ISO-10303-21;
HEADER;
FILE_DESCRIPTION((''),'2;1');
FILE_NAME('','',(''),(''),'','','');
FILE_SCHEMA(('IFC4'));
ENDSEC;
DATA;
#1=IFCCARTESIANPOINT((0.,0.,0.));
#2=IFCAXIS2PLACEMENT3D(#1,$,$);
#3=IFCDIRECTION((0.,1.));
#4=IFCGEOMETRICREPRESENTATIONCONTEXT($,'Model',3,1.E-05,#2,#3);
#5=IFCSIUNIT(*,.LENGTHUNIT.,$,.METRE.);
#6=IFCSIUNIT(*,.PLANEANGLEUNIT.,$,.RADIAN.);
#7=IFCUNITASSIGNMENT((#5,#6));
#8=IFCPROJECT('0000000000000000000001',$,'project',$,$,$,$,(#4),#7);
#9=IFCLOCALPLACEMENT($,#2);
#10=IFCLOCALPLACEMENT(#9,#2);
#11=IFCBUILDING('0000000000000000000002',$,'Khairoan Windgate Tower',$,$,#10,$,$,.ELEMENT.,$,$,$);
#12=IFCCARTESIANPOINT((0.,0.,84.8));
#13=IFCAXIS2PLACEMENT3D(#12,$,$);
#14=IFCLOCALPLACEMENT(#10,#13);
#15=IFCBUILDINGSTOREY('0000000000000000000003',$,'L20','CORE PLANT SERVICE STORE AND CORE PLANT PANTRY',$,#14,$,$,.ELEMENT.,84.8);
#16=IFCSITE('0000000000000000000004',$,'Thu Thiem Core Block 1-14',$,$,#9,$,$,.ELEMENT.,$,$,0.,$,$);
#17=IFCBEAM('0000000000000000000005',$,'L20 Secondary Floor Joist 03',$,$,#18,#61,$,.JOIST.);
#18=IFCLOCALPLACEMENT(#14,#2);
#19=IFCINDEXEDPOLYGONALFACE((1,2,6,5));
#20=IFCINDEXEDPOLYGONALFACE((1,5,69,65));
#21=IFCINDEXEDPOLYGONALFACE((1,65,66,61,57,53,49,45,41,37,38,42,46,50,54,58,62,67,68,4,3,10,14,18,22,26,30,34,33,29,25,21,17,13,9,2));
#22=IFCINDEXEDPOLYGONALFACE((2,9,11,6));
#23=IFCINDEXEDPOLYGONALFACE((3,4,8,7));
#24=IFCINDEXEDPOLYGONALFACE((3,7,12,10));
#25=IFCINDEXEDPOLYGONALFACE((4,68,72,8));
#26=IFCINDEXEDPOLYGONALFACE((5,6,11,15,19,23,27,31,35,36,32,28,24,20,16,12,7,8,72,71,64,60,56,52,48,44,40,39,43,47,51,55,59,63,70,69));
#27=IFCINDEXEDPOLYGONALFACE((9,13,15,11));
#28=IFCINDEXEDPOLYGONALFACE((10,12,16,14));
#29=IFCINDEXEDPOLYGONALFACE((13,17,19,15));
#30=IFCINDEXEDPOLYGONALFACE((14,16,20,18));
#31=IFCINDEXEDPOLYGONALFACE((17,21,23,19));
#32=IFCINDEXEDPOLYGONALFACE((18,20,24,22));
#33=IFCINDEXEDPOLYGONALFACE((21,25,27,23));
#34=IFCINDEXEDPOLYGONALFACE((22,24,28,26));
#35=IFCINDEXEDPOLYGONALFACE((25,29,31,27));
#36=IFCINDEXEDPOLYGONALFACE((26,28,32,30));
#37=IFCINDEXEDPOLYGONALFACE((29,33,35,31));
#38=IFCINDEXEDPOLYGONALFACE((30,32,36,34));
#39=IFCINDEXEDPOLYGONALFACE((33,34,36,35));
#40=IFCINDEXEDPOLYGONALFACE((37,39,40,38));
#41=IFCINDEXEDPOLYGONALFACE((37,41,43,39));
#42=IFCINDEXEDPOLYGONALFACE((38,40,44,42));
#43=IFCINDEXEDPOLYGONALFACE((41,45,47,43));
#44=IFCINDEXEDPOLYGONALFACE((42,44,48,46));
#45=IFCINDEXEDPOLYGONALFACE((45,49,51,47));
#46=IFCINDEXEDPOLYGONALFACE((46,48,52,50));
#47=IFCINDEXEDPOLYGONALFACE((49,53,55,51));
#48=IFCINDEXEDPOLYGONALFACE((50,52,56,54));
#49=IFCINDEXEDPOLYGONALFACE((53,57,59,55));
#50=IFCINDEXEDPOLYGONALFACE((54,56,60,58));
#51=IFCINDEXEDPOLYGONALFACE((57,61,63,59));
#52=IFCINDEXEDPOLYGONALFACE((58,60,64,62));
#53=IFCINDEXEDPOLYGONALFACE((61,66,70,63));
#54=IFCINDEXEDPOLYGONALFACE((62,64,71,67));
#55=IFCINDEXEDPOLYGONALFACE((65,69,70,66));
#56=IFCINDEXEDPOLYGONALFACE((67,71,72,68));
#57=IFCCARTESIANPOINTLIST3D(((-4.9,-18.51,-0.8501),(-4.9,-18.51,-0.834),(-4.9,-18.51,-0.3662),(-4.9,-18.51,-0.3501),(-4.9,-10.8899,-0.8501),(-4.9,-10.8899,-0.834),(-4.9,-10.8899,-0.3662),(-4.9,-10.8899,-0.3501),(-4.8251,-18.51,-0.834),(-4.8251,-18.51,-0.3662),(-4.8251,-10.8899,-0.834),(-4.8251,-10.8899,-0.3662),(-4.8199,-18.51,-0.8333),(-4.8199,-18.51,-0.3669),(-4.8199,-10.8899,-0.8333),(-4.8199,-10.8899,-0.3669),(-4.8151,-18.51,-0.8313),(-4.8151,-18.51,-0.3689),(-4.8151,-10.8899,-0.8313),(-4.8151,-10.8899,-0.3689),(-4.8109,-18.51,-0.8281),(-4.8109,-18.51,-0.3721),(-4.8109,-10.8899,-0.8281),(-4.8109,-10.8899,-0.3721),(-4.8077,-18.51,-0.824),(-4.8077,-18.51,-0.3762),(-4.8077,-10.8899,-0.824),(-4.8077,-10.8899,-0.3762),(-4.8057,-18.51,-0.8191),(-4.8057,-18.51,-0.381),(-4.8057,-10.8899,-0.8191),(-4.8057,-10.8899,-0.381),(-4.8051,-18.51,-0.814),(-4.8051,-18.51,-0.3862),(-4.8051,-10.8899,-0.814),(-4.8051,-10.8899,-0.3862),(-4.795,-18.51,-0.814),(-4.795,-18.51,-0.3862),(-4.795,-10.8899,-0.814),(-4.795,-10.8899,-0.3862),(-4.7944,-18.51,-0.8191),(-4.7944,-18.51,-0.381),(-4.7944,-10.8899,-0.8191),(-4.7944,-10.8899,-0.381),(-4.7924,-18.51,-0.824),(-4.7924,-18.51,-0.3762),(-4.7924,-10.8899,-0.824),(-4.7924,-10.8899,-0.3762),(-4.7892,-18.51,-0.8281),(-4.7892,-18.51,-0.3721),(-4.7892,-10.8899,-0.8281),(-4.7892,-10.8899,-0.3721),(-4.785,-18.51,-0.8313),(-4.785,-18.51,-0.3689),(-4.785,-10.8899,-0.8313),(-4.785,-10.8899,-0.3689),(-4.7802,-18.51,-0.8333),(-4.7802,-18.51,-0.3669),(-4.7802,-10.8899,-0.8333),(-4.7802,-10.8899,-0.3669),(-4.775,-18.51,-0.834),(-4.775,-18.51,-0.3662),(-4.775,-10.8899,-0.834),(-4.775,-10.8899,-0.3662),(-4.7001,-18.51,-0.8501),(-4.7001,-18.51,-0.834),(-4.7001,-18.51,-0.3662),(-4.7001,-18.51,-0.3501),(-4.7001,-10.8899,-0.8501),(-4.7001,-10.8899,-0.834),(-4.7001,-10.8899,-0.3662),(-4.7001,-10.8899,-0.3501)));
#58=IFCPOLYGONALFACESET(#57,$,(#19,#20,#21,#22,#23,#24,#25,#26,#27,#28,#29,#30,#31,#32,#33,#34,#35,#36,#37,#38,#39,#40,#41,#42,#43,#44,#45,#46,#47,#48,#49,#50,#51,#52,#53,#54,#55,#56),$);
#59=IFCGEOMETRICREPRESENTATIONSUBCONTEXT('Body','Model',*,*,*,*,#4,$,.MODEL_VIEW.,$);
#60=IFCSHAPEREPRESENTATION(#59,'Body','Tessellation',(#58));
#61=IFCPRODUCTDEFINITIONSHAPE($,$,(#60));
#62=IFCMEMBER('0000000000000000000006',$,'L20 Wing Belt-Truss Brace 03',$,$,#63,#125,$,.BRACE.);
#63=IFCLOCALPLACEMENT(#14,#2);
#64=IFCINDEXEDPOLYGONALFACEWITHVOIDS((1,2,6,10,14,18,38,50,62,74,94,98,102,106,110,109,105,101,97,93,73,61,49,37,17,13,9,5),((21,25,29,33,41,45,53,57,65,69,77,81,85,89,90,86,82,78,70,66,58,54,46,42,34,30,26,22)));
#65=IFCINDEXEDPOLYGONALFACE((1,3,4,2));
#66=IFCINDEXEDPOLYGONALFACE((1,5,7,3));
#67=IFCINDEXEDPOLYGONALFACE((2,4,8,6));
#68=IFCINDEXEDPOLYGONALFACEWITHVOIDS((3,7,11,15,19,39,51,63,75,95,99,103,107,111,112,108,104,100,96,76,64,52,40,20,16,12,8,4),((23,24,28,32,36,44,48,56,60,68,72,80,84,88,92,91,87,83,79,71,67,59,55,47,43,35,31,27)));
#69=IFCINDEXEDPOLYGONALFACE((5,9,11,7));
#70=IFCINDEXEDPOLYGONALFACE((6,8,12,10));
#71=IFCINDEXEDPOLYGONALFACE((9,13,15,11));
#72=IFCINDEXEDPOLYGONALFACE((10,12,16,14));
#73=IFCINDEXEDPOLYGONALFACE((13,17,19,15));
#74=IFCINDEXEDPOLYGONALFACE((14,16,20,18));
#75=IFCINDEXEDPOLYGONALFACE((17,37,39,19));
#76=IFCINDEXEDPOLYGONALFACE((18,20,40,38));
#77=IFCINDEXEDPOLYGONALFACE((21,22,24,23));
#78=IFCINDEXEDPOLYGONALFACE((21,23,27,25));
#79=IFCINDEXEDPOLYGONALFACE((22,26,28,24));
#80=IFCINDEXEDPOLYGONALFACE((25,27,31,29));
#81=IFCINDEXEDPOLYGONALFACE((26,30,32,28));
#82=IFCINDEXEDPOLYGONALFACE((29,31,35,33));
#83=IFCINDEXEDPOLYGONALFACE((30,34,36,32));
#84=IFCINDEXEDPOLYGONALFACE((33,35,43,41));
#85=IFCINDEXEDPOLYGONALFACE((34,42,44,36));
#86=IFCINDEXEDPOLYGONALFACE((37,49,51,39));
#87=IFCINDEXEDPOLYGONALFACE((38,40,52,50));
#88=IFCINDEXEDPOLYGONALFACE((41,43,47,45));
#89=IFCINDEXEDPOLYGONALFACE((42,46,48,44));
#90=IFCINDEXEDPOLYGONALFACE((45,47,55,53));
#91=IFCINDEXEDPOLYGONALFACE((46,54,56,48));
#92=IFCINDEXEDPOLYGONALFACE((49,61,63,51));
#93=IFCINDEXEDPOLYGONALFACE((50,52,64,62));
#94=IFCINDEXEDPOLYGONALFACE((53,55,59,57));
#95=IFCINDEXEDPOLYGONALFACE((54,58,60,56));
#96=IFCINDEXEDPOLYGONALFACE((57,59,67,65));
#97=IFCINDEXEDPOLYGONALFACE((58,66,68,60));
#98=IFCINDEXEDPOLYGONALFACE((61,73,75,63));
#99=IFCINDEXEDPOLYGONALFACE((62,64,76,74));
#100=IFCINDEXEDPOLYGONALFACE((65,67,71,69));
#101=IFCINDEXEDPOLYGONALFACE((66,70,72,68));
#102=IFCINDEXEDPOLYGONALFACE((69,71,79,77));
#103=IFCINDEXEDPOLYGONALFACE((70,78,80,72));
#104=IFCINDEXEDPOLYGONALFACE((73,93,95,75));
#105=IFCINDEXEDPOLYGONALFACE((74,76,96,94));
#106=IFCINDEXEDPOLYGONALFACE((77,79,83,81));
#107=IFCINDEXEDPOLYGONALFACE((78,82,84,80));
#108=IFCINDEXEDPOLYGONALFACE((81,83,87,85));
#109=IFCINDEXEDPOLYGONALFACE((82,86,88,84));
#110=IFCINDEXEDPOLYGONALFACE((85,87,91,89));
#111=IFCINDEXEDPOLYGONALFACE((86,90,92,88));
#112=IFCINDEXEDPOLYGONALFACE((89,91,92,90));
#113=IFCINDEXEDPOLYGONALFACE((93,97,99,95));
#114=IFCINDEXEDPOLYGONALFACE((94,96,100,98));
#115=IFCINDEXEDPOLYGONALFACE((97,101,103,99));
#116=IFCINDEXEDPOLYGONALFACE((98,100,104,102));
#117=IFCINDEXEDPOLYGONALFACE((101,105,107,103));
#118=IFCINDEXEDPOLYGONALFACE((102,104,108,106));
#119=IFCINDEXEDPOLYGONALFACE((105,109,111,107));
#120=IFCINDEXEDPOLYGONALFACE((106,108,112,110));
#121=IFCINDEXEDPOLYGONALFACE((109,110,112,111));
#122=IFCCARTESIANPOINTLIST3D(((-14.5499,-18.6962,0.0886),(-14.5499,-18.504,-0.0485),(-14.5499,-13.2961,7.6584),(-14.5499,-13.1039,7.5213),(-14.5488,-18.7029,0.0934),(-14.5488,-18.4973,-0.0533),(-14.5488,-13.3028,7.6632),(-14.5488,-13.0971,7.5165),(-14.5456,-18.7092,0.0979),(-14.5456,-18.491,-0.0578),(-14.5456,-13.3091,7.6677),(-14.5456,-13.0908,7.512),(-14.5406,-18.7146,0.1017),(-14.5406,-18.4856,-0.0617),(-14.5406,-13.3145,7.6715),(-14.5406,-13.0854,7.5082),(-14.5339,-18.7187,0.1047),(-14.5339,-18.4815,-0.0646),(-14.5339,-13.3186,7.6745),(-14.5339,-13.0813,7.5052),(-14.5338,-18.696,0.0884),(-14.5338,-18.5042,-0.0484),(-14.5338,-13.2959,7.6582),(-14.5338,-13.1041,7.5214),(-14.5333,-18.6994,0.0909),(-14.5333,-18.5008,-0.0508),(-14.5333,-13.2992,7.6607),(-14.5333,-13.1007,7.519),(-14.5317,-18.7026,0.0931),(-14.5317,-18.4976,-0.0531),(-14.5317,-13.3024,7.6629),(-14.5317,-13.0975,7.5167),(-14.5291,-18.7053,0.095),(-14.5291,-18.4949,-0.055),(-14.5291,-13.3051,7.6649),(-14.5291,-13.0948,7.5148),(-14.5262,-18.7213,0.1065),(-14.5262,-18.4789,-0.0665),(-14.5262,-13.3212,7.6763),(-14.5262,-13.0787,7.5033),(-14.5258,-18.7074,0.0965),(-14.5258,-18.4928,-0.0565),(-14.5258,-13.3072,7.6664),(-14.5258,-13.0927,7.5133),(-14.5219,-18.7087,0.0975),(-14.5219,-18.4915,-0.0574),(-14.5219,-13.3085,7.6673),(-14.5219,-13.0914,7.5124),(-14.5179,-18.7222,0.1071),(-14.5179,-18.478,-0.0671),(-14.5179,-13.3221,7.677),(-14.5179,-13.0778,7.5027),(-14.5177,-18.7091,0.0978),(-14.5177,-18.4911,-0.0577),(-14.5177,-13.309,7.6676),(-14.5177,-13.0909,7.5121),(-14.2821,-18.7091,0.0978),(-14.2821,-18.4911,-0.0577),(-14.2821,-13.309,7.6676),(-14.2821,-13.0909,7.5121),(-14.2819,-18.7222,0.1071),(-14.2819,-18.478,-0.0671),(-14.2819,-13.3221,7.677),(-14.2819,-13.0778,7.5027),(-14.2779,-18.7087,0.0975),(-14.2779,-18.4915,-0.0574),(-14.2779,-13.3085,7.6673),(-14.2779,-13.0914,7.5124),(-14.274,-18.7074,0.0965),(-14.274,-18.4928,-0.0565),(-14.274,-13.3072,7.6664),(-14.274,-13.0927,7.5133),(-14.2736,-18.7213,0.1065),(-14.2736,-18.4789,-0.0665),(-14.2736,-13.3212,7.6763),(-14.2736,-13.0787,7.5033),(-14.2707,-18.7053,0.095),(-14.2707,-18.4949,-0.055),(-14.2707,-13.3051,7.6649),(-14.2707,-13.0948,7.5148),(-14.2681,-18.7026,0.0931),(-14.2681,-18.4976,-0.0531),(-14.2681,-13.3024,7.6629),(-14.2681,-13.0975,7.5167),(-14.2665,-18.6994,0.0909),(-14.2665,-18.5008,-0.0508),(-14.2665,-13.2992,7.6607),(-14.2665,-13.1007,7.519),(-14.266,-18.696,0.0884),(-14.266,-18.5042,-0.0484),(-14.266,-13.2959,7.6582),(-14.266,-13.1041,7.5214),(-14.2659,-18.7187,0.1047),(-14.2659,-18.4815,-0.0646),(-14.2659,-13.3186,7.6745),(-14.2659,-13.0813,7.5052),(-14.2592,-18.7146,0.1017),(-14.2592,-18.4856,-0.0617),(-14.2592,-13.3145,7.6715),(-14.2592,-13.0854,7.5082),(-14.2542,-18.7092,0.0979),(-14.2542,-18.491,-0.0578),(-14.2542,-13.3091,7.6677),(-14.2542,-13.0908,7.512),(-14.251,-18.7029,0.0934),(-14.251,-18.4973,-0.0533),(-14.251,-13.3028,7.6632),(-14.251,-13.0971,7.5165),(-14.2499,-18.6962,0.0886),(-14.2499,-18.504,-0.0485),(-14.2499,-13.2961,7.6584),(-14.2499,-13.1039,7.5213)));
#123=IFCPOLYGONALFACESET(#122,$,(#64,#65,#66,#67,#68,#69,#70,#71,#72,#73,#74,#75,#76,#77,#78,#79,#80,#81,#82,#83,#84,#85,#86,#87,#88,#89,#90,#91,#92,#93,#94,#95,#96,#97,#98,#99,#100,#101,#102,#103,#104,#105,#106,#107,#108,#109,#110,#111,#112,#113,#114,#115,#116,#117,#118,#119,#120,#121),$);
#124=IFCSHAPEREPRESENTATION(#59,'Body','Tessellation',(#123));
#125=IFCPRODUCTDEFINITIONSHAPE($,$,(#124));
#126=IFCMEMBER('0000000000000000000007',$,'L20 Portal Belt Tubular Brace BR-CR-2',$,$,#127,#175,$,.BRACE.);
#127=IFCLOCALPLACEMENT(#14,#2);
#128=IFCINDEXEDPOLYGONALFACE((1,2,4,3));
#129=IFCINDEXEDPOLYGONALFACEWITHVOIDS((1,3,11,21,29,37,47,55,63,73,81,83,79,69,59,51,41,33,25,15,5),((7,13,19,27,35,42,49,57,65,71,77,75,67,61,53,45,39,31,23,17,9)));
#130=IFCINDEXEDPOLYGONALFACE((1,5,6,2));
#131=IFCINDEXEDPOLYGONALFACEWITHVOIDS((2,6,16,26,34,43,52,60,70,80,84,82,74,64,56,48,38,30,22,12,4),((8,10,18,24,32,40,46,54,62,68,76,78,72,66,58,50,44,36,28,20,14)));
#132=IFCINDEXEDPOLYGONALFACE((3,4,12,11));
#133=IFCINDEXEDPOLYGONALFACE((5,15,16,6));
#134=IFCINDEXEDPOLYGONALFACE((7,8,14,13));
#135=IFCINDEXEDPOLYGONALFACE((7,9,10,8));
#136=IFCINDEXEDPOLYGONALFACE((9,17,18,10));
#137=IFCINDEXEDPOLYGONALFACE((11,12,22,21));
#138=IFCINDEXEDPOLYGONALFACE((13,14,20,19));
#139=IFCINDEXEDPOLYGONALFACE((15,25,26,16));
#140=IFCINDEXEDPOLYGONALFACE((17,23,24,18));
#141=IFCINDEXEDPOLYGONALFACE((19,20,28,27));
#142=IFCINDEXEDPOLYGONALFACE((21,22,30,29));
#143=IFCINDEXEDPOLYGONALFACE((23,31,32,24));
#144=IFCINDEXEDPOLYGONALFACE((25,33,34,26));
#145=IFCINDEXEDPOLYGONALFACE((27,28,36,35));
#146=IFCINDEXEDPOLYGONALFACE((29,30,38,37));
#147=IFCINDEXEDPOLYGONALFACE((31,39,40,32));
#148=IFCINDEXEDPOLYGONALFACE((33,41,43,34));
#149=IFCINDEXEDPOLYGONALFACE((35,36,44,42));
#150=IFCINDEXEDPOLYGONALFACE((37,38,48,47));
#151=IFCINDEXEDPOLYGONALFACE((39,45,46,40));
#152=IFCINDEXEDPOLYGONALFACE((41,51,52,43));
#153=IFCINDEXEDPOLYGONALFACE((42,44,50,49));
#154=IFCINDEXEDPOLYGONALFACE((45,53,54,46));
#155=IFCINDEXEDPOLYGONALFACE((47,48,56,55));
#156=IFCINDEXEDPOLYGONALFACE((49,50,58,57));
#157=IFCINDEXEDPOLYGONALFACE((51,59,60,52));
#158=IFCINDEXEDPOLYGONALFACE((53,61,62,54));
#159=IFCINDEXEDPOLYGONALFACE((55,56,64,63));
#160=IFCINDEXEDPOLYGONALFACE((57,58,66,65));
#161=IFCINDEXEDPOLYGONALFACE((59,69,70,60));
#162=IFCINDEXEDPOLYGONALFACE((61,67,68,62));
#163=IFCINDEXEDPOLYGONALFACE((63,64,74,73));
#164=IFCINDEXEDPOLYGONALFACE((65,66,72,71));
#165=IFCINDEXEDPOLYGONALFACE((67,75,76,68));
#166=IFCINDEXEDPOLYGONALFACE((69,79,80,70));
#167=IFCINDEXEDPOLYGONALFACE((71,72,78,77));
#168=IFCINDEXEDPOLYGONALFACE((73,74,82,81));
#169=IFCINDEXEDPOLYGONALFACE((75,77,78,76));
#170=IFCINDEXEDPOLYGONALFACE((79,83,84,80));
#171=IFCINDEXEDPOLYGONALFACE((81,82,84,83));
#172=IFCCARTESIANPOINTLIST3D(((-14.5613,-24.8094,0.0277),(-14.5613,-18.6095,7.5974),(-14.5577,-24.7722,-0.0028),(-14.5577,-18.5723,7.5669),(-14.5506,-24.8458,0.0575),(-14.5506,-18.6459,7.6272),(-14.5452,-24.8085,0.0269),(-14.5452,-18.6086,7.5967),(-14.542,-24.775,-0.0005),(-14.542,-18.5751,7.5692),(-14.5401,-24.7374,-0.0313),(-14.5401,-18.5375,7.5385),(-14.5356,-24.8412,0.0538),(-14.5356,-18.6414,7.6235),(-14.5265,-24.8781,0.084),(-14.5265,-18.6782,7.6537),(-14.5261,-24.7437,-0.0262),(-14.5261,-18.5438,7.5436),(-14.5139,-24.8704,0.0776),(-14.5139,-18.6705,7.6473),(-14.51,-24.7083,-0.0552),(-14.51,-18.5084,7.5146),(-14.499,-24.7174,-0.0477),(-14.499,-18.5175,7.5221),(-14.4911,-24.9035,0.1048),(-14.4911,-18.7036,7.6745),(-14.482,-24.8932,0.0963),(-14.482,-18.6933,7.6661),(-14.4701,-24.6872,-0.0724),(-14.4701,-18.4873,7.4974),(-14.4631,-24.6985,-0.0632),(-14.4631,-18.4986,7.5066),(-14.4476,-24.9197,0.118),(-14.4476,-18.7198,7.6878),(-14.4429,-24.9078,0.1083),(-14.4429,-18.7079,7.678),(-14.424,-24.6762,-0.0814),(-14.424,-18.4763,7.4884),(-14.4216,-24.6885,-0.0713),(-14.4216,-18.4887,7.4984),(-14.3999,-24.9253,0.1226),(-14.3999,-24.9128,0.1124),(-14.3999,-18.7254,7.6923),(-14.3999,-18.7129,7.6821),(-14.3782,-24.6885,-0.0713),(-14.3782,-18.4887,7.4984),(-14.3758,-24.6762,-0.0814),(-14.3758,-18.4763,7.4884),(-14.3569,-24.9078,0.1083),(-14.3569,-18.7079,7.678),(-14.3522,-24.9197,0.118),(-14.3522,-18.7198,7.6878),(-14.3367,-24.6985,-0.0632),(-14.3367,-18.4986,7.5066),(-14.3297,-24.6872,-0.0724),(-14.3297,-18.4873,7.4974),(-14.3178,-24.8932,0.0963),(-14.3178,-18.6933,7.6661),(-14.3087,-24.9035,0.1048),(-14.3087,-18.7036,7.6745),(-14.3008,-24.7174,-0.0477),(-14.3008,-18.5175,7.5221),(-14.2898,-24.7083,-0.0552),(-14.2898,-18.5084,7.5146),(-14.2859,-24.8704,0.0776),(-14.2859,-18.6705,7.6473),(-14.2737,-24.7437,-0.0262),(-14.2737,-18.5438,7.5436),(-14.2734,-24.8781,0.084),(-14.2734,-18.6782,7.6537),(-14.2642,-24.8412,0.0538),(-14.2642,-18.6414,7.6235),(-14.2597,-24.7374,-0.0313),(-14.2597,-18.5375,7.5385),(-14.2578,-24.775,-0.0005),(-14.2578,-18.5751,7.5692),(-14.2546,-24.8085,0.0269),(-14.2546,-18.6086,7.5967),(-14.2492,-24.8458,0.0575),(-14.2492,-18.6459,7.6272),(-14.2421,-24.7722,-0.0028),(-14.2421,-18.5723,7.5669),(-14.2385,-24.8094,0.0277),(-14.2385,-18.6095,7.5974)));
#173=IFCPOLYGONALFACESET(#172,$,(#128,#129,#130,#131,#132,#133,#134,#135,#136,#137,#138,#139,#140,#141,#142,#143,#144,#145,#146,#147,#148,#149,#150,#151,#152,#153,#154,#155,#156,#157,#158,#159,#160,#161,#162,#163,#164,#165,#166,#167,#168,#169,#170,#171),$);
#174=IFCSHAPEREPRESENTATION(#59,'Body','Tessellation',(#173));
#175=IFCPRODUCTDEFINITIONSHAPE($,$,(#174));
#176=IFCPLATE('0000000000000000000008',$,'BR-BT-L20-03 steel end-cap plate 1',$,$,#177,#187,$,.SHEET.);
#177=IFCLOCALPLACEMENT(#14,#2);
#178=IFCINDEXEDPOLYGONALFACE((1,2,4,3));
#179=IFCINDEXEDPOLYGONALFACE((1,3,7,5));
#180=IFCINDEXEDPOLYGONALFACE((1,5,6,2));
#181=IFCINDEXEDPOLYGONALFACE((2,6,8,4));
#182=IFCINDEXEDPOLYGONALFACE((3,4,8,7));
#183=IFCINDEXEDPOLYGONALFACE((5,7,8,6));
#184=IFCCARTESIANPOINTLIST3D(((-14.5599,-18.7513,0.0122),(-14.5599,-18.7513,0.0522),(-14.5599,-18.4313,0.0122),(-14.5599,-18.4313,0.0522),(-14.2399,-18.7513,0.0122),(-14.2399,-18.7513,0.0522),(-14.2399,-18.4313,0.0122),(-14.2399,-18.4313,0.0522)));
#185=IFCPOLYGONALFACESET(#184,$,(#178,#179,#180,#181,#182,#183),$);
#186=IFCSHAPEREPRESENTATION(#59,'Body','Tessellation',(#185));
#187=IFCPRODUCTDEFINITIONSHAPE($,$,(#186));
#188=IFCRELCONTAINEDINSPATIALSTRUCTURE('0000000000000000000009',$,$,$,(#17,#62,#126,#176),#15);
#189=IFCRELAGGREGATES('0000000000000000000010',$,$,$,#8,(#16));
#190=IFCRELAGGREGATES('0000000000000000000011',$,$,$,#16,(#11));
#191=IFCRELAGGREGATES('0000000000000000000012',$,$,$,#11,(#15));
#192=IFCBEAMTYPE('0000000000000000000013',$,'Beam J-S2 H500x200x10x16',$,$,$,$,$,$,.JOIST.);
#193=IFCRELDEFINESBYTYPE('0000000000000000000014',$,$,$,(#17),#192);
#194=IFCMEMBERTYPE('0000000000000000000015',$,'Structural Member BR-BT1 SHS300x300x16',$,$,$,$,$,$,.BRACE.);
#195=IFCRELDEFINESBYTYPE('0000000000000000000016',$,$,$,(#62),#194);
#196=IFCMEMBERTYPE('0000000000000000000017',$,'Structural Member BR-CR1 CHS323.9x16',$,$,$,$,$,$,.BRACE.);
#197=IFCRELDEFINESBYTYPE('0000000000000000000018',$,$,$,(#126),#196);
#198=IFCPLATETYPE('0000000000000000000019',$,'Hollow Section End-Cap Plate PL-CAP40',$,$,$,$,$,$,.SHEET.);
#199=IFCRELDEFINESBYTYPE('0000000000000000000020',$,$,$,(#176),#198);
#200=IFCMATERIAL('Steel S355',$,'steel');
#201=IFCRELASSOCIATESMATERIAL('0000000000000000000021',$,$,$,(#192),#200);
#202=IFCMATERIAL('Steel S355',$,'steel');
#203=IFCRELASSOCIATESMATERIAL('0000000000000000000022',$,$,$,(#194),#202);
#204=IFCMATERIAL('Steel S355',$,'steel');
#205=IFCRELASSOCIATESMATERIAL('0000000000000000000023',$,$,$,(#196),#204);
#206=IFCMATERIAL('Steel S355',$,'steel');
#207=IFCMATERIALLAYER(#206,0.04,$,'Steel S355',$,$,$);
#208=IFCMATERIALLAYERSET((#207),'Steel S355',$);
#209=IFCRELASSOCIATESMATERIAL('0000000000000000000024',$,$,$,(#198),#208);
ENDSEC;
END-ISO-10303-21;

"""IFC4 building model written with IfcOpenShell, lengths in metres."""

from ifc_helpers import new_model, si_unit, direction, frame, origin, origin_2d, place, context, subcontext, project, spatial, rectangle, hollow_rectangle, hollow_circle, i_section, extrude, material, layer, layer_set, material_profile, profile_set, type_object, element, save


model = new_model("IFC4")

# Units and contexts
model_context = context("Model", 3, precision=1e-05, world=origin(), true_north=direction((0.0, 1.0)))
body_context = subcontext(model_context, "Body", "Model", "MODEL_VIEW")
ifc_project = project(units=[si_unit("LENGTHUNIT", "METRE"), si_unit("PLANEANGLEUNIT", "RADIAN")], contexts=[model_context])

# Site, building, storey
site_placement = place(None, origin())
site = spatial("IfcSite", under=ifc_project, at=site_placement, Name="Thu Thiem Core Block 1-14", CompositionType="ELEMENT", RefElevation=0.0)
building_placement = place(site_placement, origin())
building = spatial("IfcBuilding", under=site, at=building_placement, Name="Khairoan Windgate Tower", CompositionType="ELEMENT")
storey_placement = place(building_placement, frame((0.0, 0.0, 84.8)))
storey = spatial("IfcBuildingStorey", under=building, at=storey_placement, Name="L20", Description="CORE PLANT SERVICE STORE AND CORE PLANT PANTRY", CompositionType="ELEMENT", Elevation=84.8)

# Beam
ifc_material_1 = material(Name="Steel S355", Category="steel")
ifc_material_profile_1 = material_profile(ifc_material_1, i_section(OverallWidth=0.2, OverallDepth=0.5, WebThickness=0.01, FlangeThickness=0.0161, FilletRadius=0.02, at=origin_2d()))
ifc_profile_set_1 = profile_set([ifc_material_profile_1], Name="Steel S355")
beam_type_1 = type_object("IfcBeamType", Name="Beam J-S2 H500x200x10x16", PredefinedType="JOIST", material=ifc_profile_set_1)
beam_1_placement = place(storey_placement, frame((-4.8, -18.51, -0.6001), z_axis=(0.0, 1.0, 0.0), x_axis=(-1.0, 0.0, 0.0)))
element("IfcBeam", 1, at=beam_1_placement, inside=storey, type_object=beam_type_1, Name="L20 Secondary Floor Joist 03", PredefinedType="JOIST", context=body_context, shape_type="SweptSolid", body=[
    extrude(i_section(OverallWidth=0.2, OverallDepth=0.5, WebThickness=0.01, FlangeThickness=0.0161, FilletRadius=0.02, at=origin_2d()), origin(), (0.0, 0.0, 1.0), 7.6201),
])

# Members
ifc_material_2 = material(Name="Steel S355", Category="steel")
ifc_material_profile_2 = material_profile(ifc_material_2, hollow_rectangle(XDim=0.3, YDim=0.3, WallThickness=0.0161, InnerFilletRadius=0.0161, OuterFilletRadius=0.032, at=origin_2d()))
ifc_profile_set_2 = profile_set([ifc_material_profile_2], Name="Steel S355")
member_type_1 = type_object("IfcMemberType", Name="Structural Member BR-BT1 SHS300x300x16", PredefinedType="BRACE", material=ifc_profile_set_2)
member_1_placement = place(storey_placement, frame((-14.3999, -18.6001, 0.02), z_axis=(0.0, 0.580749, 0.814083), x_axis=(0.0, -0.814083, 0.580749)))
element("IfcMember", 2, at=member_1_placement, inside=storey, type_object=member_type_1, Name="L20 Wing Belt-Truss Brace 03", PredefinedType="BRACE", context=body_context, shape_type="SweptSolid", body=[
    extrude(hollow_rectangle(XDim=0.3, YDim=0.3, WallThickness=0.0161, InnerFilletRadius=0.0161, OuterFilletRadius=0.032, at=origin_2d()), origin(), (0.0, 0.0, 1.0), 9.2986),
])
ifc_material_3 = material(Name="Steel S355", Category="steel")
ifc_material_profile_3 = material_profile(ifc_material_3, hollow_circle(Radius=0.1619, WallThickness=0.0161, at=origin_2d()))
ifc_profile_set_3 = profile_set([ifc_material_profile_3], Name="Steel S355")
member_type_2 = type_object("IfcMemberType", Name="Structural Member BR-CR1 CHS323.9x16", PredefinedType="BRACE", material=ifc_profile_set_3)
member_2_placement = place(storey_placement, frame((-14.3999, -24.8, 0.02), z_axis=(0.0, 0.633633, 0.773634), x_axis=(0.0, -0.773634, 0.633633)))
element("IfcMember", 3, at=member_2_placement, inside=storey, type_object=member_type_2, Name="L20 Portal Belt Tubular Brace BR-CR-2", PredefinedType="BRACE", context=body_context, shape_type="SweptSolid", body=[
    extrude(hollow_circle(Radius=0.1619, WallThickness=0.0161, at=origin_2d()), origin(), (0.0, 0.0, 1.0), 9.7847),
])

# Plate
ifc_material_4 = material(Name="Steel S355", Category="steel")
ifc_layer_1 = layer(ifc_material_4, 0.04, Name="Steel S355")
ifc_layer_set_1 = layer_set([ifc_layer_1], Name="Steel S355")
plate_type_1 = type_object("IfcPlateType", Name="Hollow Section End-Cap Plate PL-CAP40", PredefinedType="SHEET", material=ifc_layer_set_1)
for number, where, z_axis, x_axis, name in (
    (4, (-14.3999, -18.5913, 0.0122), (0.0, 0.0, 1.0), (0.0, 1.0, 0.0), "BR-BT-L20-03 steel end-cap plate 1"),
):
    element("IfcPlate", number, at=place(storey_placement, frame(where, z_axis=z_axis, x_axis=x_axis)), inside=storey, type_object=plate_type_1, Name=name, PredefinedType="SHEET", context=body_context, shape_type="SweptSolid", body=[
        extrude(rectangle(XDim=0.3201, YDim=0.3201, at=origin_2d()), origin(), (0.0, 0.0, 1.0), 0.04),
    ])

save(model, "model.ifc")
